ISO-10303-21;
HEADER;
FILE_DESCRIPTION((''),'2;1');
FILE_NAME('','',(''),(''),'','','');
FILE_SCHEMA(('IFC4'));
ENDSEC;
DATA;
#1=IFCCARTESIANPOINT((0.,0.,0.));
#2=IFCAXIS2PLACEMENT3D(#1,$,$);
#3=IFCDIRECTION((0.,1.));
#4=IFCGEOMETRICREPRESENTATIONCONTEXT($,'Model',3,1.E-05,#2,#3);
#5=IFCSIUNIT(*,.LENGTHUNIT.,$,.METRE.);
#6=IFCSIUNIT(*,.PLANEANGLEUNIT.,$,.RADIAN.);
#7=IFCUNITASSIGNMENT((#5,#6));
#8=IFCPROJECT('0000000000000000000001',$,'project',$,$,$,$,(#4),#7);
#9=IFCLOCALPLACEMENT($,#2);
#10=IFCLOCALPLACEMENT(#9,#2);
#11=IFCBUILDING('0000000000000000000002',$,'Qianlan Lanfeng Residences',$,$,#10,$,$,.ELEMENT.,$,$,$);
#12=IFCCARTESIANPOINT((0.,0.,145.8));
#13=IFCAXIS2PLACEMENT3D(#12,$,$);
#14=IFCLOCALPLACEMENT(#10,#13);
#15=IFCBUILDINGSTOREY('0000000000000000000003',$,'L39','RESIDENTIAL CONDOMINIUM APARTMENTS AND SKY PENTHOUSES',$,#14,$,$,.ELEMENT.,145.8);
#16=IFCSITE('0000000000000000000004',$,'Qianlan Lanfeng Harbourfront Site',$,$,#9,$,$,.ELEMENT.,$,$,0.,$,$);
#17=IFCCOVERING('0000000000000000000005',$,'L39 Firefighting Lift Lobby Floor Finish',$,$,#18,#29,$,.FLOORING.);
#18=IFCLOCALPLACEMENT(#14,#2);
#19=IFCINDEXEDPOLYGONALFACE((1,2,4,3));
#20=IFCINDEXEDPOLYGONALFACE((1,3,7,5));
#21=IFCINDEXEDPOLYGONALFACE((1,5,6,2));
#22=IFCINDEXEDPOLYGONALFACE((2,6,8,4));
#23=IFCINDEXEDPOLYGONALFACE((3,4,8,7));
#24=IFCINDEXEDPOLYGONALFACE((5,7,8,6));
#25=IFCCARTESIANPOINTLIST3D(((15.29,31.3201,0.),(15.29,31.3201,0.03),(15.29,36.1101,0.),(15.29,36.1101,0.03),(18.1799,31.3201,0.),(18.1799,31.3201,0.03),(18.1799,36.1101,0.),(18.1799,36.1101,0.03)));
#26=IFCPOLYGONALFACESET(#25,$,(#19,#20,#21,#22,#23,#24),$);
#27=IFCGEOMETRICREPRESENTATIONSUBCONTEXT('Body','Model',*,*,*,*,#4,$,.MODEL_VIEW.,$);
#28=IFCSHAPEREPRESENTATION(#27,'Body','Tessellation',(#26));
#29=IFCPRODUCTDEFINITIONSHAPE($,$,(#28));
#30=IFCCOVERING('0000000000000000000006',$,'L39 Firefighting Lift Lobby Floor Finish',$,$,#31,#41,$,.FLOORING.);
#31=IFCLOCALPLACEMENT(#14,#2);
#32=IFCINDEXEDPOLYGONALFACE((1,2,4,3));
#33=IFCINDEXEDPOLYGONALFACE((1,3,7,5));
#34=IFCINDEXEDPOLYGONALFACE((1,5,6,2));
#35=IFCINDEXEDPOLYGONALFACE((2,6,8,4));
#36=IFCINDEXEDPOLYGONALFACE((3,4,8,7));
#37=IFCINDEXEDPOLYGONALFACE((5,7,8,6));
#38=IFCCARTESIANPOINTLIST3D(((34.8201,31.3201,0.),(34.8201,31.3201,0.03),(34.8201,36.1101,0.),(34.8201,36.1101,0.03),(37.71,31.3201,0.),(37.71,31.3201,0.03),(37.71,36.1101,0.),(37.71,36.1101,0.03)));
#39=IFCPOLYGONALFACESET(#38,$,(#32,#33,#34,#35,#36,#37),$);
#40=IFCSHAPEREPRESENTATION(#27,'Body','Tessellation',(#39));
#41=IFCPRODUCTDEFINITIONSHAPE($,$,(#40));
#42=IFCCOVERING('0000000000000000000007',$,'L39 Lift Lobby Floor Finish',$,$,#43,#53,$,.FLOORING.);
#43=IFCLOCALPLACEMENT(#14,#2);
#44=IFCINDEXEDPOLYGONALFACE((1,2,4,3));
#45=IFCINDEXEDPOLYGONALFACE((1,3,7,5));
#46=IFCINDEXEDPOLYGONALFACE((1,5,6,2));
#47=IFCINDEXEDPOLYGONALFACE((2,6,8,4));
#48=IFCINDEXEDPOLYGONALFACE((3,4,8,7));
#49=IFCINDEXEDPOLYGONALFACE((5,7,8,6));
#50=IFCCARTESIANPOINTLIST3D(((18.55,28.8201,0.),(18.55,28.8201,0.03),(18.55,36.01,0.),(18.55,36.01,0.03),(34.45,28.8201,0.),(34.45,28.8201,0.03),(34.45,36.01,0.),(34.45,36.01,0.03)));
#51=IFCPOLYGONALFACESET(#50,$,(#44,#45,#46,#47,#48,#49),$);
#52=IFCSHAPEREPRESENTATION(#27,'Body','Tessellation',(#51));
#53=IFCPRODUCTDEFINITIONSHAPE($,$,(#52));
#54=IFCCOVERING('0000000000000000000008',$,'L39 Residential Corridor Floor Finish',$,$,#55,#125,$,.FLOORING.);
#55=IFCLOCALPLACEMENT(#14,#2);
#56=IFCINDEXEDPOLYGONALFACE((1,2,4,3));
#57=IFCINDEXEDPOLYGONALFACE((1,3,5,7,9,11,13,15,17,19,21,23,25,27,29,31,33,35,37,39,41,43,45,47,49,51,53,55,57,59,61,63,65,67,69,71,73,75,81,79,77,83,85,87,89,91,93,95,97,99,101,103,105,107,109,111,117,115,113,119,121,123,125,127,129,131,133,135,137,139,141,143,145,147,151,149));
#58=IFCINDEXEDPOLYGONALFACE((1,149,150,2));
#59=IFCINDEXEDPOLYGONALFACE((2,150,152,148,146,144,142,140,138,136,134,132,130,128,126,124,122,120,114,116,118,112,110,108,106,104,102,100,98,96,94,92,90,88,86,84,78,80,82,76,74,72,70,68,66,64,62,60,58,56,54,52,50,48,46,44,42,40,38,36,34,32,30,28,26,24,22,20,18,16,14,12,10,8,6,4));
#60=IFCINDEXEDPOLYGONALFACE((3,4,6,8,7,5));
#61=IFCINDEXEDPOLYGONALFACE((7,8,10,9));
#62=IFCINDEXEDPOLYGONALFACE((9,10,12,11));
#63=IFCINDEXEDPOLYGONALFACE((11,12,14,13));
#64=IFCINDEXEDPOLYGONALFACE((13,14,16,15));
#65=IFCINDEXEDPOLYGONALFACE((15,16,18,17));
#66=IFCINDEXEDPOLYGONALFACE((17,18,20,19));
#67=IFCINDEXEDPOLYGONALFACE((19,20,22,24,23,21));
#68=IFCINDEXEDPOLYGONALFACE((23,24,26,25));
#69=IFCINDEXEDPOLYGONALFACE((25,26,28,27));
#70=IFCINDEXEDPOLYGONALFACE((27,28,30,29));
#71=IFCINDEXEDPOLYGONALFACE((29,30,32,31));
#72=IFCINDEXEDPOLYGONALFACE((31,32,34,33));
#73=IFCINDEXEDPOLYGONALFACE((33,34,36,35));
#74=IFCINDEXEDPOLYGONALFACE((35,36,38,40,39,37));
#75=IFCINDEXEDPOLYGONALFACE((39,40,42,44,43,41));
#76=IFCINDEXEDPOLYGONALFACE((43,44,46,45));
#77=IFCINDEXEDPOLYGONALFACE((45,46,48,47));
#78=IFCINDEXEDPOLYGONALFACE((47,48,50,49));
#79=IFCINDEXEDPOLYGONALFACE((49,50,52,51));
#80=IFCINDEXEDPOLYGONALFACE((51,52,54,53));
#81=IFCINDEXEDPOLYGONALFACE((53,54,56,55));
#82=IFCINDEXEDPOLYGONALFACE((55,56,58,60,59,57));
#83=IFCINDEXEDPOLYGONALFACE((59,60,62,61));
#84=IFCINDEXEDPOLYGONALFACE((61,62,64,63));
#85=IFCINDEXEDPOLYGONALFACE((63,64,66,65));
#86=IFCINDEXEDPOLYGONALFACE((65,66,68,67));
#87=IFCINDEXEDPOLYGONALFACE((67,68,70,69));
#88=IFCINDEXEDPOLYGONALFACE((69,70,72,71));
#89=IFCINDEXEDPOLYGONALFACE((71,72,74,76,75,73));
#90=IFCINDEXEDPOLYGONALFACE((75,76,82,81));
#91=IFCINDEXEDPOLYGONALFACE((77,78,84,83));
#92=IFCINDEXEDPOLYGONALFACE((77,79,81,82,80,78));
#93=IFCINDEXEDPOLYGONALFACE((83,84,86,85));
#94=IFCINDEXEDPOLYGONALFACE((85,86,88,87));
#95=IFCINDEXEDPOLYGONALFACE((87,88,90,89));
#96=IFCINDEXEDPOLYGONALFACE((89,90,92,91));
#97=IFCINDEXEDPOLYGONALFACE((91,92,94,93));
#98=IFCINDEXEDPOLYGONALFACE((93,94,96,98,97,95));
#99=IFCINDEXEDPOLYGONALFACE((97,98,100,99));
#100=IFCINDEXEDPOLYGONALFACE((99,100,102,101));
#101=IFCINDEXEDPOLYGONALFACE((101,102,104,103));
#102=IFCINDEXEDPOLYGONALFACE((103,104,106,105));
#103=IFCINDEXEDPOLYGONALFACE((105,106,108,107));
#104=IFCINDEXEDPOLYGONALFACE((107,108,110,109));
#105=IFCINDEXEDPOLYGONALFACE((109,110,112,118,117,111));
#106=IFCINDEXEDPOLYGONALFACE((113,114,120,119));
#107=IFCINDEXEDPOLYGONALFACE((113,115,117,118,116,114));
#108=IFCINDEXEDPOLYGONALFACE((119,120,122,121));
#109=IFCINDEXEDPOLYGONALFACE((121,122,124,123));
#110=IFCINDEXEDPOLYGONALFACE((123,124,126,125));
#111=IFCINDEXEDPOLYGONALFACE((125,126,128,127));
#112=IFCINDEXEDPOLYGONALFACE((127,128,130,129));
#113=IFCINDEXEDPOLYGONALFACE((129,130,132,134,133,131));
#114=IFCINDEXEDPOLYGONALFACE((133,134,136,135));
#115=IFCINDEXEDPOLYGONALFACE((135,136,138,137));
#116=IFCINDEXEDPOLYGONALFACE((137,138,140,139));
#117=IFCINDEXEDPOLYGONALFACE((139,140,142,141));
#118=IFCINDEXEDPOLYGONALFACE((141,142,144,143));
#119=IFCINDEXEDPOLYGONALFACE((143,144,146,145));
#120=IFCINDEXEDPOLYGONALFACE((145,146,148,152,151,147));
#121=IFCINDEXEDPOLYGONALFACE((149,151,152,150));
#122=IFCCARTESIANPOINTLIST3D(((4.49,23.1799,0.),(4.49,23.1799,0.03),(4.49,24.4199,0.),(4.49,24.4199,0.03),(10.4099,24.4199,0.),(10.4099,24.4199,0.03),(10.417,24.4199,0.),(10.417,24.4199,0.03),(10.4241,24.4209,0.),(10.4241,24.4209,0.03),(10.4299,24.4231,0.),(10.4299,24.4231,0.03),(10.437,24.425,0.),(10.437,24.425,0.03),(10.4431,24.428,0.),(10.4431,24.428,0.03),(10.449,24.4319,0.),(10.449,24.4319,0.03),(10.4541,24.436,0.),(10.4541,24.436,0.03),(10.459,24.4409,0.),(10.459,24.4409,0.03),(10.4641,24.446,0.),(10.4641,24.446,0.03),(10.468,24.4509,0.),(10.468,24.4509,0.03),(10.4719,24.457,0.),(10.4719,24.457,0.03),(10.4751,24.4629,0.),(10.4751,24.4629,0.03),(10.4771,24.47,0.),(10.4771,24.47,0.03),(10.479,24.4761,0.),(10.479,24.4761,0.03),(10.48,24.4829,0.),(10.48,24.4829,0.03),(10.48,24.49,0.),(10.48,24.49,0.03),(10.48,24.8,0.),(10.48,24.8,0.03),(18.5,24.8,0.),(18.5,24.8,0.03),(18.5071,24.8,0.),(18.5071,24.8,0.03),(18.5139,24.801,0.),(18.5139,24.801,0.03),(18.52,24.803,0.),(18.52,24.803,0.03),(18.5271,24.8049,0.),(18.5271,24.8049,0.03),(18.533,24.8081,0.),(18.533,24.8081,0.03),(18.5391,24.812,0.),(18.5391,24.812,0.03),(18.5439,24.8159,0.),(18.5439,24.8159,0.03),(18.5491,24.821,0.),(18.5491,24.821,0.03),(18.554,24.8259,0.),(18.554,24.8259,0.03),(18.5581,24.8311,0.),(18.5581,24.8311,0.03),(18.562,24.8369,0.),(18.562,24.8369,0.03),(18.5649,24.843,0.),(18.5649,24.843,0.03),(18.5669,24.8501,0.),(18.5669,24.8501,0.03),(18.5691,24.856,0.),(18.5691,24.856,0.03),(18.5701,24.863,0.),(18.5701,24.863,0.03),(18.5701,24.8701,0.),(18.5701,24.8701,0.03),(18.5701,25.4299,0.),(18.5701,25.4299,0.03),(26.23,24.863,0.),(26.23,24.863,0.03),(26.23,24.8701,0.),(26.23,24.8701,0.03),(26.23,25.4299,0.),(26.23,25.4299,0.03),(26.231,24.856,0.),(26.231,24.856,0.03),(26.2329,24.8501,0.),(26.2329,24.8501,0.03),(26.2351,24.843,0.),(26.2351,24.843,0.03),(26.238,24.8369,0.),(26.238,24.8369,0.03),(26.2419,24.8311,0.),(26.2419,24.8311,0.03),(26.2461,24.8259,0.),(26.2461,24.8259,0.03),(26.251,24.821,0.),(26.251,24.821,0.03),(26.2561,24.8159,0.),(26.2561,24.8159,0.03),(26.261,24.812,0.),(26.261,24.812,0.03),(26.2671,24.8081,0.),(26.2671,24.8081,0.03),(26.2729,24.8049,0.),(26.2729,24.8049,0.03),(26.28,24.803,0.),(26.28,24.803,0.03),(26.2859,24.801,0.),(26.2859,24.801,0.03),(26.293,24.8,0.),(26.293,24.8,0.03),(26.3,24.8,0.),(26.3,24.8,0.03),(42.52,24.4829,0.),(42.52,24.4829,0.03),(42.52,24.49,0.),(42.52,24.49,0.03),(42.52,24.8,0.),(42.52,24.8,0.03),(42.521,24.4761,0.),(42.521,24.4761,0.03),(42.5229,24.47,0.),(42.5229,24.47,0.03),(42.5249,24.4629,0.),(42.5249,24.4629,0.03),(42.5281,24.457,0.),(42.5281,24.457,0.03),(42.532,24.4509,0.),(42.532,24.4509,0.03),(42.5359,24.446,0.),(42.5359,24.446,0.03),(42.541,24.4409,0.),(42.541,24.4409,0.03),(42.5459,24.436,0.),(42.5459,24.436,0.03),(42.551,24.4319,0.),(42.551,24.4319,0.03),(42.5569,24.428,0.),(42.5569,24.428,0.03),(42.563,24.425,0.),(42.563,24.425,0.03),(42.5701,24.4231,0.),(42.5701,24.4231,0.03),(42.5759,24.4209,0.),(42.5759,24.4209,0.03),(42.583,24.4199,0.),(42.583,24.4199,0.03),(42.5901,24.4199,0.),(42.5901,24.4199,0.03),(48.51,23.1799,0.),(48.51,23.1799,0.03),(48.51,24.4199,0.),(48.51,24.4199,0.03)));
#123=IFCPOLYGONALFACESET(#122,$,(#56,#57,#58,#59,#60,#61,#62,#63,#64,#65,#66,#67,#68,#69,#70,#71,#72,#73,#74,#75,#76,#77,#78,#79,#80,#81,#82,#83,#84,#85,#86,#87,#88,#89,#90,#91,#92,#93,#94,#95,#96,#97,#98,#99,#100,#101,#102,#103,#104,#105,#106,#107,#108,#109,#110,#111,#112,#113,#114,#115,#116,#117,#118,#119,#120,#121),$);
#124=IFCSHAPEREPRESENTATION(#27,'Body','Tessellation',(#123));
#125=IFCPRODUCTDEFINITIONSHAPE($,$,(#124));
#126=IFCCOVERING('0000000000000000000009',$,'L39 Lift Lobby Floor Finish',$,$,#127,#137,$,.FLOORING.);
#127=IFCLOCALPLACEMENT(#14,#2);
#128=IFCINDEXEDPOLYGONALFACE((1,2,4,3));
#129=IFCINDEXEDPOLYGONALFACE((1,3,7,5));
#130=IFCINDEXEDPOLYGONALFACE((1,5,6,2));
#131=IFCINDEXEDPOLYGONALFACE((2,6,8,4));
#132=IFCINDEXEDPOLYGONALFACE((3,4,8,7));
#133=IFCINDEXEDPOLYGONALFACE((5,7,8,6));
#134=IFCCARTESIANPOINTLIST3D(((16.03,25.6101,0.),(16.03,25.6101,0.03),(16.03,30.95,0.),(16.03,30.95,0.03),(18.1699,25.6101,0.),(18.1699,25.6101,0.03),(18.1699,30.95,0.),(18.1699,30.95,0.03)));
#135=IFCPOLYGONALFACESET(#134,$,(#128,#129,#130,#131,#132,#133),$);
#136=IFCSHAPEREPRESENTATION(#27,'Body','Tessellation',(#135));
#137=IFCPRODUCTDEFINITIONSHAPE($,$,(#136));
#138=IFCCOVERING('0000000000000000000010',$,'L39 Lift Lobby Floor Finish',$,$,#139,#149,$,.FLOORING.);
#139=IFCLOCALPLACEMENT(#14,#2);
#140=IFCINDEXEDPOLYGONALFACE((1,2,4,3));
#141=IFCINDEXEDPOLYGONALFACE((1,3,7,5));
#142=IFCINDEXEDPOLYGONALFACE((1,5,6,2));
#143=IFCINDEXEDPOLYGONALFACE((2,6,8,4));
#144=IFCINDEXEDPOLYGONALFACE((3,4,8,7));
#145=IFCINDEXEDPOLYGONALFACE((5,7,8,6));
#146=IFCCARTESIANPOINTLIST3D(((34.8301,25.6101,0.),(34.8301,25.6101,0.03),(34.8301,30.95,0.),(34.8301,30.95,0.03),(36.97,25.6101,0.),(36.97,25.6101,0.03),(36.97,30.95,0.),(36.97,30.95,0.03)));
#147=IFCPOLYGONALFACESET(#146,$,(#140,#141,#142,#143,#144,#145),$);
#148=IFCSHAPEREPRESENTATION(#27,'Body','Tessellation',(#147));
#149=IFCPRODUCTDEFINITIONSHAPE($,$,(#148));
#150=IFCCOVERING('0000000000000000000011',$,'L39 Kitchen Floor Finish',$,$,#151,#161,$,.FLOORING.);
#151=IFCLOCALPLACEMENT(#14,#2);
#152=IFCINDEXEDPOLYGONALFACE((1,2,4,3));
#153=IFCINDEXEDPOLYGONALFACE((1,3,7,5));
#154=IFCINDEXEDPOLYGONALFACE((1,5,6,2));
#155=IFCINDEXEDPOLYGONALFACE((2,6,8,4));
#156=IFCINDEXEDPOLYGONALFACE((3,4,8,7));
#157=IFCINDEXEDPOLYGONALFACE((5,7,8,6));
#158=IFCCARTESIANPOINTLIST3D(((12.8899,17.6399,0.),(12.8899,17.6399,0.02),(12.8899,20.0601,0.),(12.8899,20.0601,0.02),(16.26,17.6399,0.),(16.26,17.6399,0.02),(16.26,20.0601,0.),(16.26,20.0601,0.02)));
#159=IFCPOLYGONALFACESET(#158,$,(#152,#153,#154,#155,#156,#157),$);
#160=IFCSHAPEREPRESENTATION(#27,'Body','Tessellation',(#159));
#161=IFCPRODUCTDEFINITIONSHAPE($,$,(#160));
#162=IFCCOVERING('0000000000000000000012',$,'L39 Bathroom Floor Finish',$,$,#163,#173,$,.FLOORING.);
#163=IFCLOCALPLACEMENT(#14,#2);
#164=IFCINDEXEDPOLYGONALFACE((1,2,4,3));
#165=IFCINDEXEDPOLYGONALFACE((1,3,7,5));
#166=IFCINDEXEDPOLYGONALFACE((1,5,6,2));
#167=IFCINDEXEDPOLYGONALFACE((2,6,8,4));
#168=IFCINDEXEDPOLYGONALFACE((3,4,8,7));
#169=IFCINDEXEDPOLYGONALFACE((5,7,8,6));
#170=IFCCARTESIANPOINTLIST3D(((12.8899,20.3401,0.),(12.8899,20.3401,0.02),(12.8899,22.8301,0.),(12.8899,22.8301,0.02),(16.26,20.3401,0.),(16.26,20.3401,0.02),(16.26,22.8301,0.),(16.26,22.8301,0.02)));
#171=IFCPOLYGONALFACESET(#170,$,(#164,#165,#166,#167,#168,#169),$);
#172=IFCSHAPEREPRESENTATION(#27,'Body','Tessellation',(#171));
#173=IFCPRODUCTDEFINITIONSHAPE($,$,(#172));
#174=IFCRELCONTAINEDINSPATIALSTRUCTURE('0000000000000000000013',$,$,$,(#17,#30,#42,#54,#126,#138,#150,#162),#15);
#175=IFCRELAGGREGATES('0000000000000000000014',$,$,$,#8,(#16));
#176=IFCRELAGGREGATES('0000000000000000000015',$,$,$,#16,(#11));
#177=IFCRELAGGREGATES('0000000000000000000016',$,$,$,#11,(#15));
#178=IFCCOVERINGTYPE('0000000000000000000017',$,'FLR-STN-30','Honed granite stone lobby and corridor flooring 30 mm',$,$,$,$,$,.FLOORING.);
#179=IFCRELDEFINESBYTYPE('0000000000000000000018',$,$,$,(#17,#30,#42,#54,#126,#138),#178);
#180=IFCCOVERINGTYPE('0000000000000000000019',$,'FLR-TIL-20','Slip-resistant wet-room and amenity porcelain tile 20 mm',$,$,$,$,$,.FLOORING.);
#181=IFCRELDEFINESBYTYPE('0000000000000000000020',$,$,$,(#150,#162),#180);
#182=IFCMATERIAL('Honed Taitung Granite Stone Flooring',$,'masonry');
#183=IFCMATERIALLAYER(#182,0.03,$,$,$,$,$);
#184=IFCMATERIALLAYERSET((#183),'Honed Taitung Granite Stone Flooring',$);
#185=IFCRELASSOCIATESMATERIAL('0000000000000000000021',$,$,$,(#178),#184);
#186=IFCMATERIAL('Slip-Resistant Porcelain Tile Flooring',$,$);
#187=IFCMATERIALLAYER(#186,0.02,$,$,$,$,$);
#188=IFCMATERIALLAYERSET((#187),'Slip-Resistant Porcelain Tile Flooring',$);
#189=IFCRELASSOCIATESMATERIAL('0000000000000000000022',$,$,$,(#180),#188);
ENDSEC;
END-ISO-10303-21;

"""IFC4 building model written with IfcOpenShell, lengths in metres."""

from ifc_helpers import new_model, si_unit, direction, frame, origin, place, context, subcontext, project, spatial, polyline, outline, extrude, material, layer, layer_set, type_object, element, save


model = new_model("IFC4")

# Units and contexts
model_context = context("Model", 3, precision=1e-05, world=origin(), true_north=direction((0.0, 1.0)))
body_context = subcontext(model_context, "Body", "Model", "MODEL_VIEW")
ifc_project = project(units=[si_unit("LENGTHUNIT", "METRE"), si_unit("PLANEANGLEUNIT", "RADIAN")], contexts=[model_context])

# Site, building, storey
site_placement = place(None, origin())
site = spatial("IfcSite", under=ifc_project, at=site_placement, Name="Qianlan Lanfeng Harbourfront Site", CompositionType="ELEMENT", RefElevation=0.0)
building_placement = place(site_placement, origin())
building = spatial("IfcBuilding", under=site, at=building_placement, Name="Qianlan Lanfeng Residences", CompositionType="ELEMENT")
storey_placement = place(building_placement, frame((0.0, 0.0, 145.8)))
storey = spatial("IfcBuildingStorey", under=building, at=storey_placement, Name="L39", Description="RESIDENTIAL CONDOMINIUM APARTMENTS AND SKY PENTHOUSES", CompositionType="ELEMENT", Elevation=145.8)

# Coverings
ifc_material_1 = material(Name="Honed Taitung Granite Stone Flooring", Category="masonry")
ifc_layer_1 = layer(ifc_material_1, 0.03)
ifc_layer_set_1 = layer_set([ifc_layer_1], Name="Honed Taitung Granite Stone Flooring")
covering_type_1 = type_object("IfcCoveringType", Name="FLR-STN-30", Description="Honed granite stone lobby and corridor flooring 30 mm", PredefinedType="FLOORING", material=ifc_layer_set_1)
covering_1_placement = place(storey_placement, origin())
element("IfcCovering", 1, at=covering_1_placement, inside=storey, type_object=covering_type_1, Name="L39 Firefighting Lift Lobby Floor Finish", PredefinedType="FLOORING", context=body_context, shape_type="SweptSolid", body=[
    extrude(outline(polyline([(15.29, 31.3201), (18.1799, 31.3201), (18.1799, 36.1101), (15.29, 36.1101), (15.29, 31.3201)])), origin(), (0.0, 0.0, 1.0), 0.03),
])
covering_2_placement = place(storey_placement, origin())
element("IfcCovering", 2, at=covering_2_placement, inside=storey, type_object=covering_type_1, Name="L39 Firefighting Lift Lobby Floor Finish", PredefinedType="FLOORING", context=body_context, shape_type="SweptSolid", body=[
    extrude(outline(polyline([(34.8201, 31.3201), (37.71, 31.3201), (37.71, 36.1101), (34.8201, 36.1101), (34.8201, 31.3201)])), origin(), (0.0, 0.0, 1.0), 0.03),
])
covering_3_placement = place(storey_placement, origin())
element("IfcCovering", 3, at=covering_3_placement, inside=storey, type_object=covering_type_1, Name="L39 Lift Lobby Floor Finish", PredefinedType="FLOORING", context=body_context, shape_type="SweptSolid", body=[
    extrude(outline(polyline([(18.55, 28.8201), (34.45, 28.8201), (34.45, 36.01), (18.55, 36.01), (18.55, 28.8201)])), origin(), (0.0, 0.0, 1.0), 0.03),
])
covering_4_placement = place(storey_placement, origin())
element("IfcCovering", 4, at=covering_4_placement, inside=storey, type_object=covering_type_1, Name="L39 Residential Corridor Floor Finish", PredefinedType="FLOORING", context=body_context, shape_type="SweptSolid", body=[
    extrude(outline(polyline([(4.49, 23.1799), (48.51, 23.1799), (48.51, 24.4199), (42.5901, 24.4199), (42.583, 24.4199), (42.5759, 24.4209), (42.5701, 24.4231), (42.563, 24.425), (42.5569, 24.428), (42.551, 24.4319), (42.5459, 24.436), (42.541, 24.4409), (42.5359, 24.446), (42.532, 24.4509), (42.5281, 24.457), (42.5249, 24.4629), (42.5229, 24.47), (42.521, 24.4761), (42.52, 24.4829), (42.52, 24.49), (42.52, 24.8), (26.3, 24.8), (26.293, 24.8), (26.2859, 24.801), (26.28, 24.803), (26.2729, 24.8049), (26.2671, 24.8081), (26.261, 24.812), (26.2561, 24.8159), (26.251, 24.821), (26.2461, 24.8259), (26.2419, 24.8311), (26.238, 24.8369), (26.2351, 24.843), (26.2329, 24.8501), (26.231, 24.856), (26.23, 24.863), (26.23, 24.8701), (26.23, 25.4299), (18.5701, 25.4299), (18.5701, 24.8701), (18.5701, 24.863), (18.5691, 24.856), (18.5669, 24.8501), (18.5649, 24.843), (18.562, 24.8369), (18.5581, 24.8311), (18.554, 24.8259), (18.5491, 24.821), (18.5439, 24.8159), (18.5391, 24.812), (18.533, 24.8081), (18.5271, 24.8049), (18.52, 24.803), (18.5139, 24.801), (18.5071, 24.8), (18.5, 24.8), (10.48, 24.8), (10.48, 24.49), (10.48, 24.4829), (10.479, 24.4761), (10.4771, 24.47), (10.4751, 24.4629), (10.4719, 24.457), (10.468, 24.4509), (10.4641, 24.446), (10.459, 24.4409), (10.4541, 24.436), (10.449, 24.4319), (10.4431, 24.428), (10.437, 24.425), (10.4299, 24.4231), (10.4241, 24.4209), (10.417, 24.4199), (10.4099, 24.4199), (4.49, 24.4199), (4.49, 23.1799)])), origin(), (0.0, 0.0, 1.0), 0.03),
])
covering_5_placement = place(storey_placement, origin())
element("IfcCovering", 5, at=covering_5_placement, inside=storey, type_object=covering_type_1, Name="L39 Lift Lobby Floor Finish", PredefinedType="FLOORING", context=body_context, shape_type="SweptSolid", body=[
    extrude(outline(polyline([(16.03, 25.6101), (18.1699, 25.6101), (18.1699, 30.95), (16.03, 30.95), (16.03, 25.6101)])), origin(), (0.0, 0.0, 1.0), 0.03),
])
covering_6_placement = place(storey_placement, origin())
element("IfcCovering", 6, at=covering_6_placement, inside=storey, type_object=covering_type_1, Name="L39 Lift Lobby Floor Finish", PredefinedType="FLOORING", context=body_context, shape_type="SweptSolid", body=[
    extrude(outline(polyline([(34.8301, 25.6101), (36.97, 25.6101), (36.97, 30.95), (34.8301, 30.95), (34.8301, 25.6101)])), origin(), (0.0, 0.0, 1.0), 0.03),
])
ifc_material_2 = material(Name="Slip-Resistant Porcelain Tile Flooring")
ifc_layer_2 = layer(ifc_material_2, 0.02)
ifc_layer_set_2 = layer_set([ifc_layer_2], Name="Slip-Resistant Porcelain Tile Flooring")
covering_type_2 = type_object("IfcCoveringType", Name="FLR-TIL-20", Description="Slip-resistant wet-room and amenity porcelain tile 20 mm", PredefinedType="FLOORING", material=ifc_layer_set_2)
covering_7_placement = place(storey_placement, origin())
element("IfcCovering", 7, at=covering_7_placement, inside=storey, type_object=covering_type_2, Name="L39 Kitchen Floor Finish", PredefinedType="FLOORING", context=body_context, shape_type="SweptSolid", body=[
    extrude(outline(polyline([(12.8899, 17.6399), (16.26, 17.6399), (16.26, 20.0601), (12.8899, 20.0601), (12.8899, 17.6399)])), origin(), (0.0, 0.0, 1.0), 0.02),
])
covering_8_placement = place(storey_placement, origin())
element("IfcCovering", 8, at=covering_8_placement, inside=storey, type_object=covering_type_2, Name="L39 Bathroom Floor Finish", PredefinedType="FLOORING", context=body_context, shape_type="SweptSolid", body=[
    extrude(outline(polyline([(12.8899, 20.3401), (16.26, 20.3401), (16.26, 22.8301), (12.8899, 22.8301), (12.8899, 20.3401)])), origin(), (0.0, 0.0, 1.0), 0.02),
])

save(model, "model.ifc")
